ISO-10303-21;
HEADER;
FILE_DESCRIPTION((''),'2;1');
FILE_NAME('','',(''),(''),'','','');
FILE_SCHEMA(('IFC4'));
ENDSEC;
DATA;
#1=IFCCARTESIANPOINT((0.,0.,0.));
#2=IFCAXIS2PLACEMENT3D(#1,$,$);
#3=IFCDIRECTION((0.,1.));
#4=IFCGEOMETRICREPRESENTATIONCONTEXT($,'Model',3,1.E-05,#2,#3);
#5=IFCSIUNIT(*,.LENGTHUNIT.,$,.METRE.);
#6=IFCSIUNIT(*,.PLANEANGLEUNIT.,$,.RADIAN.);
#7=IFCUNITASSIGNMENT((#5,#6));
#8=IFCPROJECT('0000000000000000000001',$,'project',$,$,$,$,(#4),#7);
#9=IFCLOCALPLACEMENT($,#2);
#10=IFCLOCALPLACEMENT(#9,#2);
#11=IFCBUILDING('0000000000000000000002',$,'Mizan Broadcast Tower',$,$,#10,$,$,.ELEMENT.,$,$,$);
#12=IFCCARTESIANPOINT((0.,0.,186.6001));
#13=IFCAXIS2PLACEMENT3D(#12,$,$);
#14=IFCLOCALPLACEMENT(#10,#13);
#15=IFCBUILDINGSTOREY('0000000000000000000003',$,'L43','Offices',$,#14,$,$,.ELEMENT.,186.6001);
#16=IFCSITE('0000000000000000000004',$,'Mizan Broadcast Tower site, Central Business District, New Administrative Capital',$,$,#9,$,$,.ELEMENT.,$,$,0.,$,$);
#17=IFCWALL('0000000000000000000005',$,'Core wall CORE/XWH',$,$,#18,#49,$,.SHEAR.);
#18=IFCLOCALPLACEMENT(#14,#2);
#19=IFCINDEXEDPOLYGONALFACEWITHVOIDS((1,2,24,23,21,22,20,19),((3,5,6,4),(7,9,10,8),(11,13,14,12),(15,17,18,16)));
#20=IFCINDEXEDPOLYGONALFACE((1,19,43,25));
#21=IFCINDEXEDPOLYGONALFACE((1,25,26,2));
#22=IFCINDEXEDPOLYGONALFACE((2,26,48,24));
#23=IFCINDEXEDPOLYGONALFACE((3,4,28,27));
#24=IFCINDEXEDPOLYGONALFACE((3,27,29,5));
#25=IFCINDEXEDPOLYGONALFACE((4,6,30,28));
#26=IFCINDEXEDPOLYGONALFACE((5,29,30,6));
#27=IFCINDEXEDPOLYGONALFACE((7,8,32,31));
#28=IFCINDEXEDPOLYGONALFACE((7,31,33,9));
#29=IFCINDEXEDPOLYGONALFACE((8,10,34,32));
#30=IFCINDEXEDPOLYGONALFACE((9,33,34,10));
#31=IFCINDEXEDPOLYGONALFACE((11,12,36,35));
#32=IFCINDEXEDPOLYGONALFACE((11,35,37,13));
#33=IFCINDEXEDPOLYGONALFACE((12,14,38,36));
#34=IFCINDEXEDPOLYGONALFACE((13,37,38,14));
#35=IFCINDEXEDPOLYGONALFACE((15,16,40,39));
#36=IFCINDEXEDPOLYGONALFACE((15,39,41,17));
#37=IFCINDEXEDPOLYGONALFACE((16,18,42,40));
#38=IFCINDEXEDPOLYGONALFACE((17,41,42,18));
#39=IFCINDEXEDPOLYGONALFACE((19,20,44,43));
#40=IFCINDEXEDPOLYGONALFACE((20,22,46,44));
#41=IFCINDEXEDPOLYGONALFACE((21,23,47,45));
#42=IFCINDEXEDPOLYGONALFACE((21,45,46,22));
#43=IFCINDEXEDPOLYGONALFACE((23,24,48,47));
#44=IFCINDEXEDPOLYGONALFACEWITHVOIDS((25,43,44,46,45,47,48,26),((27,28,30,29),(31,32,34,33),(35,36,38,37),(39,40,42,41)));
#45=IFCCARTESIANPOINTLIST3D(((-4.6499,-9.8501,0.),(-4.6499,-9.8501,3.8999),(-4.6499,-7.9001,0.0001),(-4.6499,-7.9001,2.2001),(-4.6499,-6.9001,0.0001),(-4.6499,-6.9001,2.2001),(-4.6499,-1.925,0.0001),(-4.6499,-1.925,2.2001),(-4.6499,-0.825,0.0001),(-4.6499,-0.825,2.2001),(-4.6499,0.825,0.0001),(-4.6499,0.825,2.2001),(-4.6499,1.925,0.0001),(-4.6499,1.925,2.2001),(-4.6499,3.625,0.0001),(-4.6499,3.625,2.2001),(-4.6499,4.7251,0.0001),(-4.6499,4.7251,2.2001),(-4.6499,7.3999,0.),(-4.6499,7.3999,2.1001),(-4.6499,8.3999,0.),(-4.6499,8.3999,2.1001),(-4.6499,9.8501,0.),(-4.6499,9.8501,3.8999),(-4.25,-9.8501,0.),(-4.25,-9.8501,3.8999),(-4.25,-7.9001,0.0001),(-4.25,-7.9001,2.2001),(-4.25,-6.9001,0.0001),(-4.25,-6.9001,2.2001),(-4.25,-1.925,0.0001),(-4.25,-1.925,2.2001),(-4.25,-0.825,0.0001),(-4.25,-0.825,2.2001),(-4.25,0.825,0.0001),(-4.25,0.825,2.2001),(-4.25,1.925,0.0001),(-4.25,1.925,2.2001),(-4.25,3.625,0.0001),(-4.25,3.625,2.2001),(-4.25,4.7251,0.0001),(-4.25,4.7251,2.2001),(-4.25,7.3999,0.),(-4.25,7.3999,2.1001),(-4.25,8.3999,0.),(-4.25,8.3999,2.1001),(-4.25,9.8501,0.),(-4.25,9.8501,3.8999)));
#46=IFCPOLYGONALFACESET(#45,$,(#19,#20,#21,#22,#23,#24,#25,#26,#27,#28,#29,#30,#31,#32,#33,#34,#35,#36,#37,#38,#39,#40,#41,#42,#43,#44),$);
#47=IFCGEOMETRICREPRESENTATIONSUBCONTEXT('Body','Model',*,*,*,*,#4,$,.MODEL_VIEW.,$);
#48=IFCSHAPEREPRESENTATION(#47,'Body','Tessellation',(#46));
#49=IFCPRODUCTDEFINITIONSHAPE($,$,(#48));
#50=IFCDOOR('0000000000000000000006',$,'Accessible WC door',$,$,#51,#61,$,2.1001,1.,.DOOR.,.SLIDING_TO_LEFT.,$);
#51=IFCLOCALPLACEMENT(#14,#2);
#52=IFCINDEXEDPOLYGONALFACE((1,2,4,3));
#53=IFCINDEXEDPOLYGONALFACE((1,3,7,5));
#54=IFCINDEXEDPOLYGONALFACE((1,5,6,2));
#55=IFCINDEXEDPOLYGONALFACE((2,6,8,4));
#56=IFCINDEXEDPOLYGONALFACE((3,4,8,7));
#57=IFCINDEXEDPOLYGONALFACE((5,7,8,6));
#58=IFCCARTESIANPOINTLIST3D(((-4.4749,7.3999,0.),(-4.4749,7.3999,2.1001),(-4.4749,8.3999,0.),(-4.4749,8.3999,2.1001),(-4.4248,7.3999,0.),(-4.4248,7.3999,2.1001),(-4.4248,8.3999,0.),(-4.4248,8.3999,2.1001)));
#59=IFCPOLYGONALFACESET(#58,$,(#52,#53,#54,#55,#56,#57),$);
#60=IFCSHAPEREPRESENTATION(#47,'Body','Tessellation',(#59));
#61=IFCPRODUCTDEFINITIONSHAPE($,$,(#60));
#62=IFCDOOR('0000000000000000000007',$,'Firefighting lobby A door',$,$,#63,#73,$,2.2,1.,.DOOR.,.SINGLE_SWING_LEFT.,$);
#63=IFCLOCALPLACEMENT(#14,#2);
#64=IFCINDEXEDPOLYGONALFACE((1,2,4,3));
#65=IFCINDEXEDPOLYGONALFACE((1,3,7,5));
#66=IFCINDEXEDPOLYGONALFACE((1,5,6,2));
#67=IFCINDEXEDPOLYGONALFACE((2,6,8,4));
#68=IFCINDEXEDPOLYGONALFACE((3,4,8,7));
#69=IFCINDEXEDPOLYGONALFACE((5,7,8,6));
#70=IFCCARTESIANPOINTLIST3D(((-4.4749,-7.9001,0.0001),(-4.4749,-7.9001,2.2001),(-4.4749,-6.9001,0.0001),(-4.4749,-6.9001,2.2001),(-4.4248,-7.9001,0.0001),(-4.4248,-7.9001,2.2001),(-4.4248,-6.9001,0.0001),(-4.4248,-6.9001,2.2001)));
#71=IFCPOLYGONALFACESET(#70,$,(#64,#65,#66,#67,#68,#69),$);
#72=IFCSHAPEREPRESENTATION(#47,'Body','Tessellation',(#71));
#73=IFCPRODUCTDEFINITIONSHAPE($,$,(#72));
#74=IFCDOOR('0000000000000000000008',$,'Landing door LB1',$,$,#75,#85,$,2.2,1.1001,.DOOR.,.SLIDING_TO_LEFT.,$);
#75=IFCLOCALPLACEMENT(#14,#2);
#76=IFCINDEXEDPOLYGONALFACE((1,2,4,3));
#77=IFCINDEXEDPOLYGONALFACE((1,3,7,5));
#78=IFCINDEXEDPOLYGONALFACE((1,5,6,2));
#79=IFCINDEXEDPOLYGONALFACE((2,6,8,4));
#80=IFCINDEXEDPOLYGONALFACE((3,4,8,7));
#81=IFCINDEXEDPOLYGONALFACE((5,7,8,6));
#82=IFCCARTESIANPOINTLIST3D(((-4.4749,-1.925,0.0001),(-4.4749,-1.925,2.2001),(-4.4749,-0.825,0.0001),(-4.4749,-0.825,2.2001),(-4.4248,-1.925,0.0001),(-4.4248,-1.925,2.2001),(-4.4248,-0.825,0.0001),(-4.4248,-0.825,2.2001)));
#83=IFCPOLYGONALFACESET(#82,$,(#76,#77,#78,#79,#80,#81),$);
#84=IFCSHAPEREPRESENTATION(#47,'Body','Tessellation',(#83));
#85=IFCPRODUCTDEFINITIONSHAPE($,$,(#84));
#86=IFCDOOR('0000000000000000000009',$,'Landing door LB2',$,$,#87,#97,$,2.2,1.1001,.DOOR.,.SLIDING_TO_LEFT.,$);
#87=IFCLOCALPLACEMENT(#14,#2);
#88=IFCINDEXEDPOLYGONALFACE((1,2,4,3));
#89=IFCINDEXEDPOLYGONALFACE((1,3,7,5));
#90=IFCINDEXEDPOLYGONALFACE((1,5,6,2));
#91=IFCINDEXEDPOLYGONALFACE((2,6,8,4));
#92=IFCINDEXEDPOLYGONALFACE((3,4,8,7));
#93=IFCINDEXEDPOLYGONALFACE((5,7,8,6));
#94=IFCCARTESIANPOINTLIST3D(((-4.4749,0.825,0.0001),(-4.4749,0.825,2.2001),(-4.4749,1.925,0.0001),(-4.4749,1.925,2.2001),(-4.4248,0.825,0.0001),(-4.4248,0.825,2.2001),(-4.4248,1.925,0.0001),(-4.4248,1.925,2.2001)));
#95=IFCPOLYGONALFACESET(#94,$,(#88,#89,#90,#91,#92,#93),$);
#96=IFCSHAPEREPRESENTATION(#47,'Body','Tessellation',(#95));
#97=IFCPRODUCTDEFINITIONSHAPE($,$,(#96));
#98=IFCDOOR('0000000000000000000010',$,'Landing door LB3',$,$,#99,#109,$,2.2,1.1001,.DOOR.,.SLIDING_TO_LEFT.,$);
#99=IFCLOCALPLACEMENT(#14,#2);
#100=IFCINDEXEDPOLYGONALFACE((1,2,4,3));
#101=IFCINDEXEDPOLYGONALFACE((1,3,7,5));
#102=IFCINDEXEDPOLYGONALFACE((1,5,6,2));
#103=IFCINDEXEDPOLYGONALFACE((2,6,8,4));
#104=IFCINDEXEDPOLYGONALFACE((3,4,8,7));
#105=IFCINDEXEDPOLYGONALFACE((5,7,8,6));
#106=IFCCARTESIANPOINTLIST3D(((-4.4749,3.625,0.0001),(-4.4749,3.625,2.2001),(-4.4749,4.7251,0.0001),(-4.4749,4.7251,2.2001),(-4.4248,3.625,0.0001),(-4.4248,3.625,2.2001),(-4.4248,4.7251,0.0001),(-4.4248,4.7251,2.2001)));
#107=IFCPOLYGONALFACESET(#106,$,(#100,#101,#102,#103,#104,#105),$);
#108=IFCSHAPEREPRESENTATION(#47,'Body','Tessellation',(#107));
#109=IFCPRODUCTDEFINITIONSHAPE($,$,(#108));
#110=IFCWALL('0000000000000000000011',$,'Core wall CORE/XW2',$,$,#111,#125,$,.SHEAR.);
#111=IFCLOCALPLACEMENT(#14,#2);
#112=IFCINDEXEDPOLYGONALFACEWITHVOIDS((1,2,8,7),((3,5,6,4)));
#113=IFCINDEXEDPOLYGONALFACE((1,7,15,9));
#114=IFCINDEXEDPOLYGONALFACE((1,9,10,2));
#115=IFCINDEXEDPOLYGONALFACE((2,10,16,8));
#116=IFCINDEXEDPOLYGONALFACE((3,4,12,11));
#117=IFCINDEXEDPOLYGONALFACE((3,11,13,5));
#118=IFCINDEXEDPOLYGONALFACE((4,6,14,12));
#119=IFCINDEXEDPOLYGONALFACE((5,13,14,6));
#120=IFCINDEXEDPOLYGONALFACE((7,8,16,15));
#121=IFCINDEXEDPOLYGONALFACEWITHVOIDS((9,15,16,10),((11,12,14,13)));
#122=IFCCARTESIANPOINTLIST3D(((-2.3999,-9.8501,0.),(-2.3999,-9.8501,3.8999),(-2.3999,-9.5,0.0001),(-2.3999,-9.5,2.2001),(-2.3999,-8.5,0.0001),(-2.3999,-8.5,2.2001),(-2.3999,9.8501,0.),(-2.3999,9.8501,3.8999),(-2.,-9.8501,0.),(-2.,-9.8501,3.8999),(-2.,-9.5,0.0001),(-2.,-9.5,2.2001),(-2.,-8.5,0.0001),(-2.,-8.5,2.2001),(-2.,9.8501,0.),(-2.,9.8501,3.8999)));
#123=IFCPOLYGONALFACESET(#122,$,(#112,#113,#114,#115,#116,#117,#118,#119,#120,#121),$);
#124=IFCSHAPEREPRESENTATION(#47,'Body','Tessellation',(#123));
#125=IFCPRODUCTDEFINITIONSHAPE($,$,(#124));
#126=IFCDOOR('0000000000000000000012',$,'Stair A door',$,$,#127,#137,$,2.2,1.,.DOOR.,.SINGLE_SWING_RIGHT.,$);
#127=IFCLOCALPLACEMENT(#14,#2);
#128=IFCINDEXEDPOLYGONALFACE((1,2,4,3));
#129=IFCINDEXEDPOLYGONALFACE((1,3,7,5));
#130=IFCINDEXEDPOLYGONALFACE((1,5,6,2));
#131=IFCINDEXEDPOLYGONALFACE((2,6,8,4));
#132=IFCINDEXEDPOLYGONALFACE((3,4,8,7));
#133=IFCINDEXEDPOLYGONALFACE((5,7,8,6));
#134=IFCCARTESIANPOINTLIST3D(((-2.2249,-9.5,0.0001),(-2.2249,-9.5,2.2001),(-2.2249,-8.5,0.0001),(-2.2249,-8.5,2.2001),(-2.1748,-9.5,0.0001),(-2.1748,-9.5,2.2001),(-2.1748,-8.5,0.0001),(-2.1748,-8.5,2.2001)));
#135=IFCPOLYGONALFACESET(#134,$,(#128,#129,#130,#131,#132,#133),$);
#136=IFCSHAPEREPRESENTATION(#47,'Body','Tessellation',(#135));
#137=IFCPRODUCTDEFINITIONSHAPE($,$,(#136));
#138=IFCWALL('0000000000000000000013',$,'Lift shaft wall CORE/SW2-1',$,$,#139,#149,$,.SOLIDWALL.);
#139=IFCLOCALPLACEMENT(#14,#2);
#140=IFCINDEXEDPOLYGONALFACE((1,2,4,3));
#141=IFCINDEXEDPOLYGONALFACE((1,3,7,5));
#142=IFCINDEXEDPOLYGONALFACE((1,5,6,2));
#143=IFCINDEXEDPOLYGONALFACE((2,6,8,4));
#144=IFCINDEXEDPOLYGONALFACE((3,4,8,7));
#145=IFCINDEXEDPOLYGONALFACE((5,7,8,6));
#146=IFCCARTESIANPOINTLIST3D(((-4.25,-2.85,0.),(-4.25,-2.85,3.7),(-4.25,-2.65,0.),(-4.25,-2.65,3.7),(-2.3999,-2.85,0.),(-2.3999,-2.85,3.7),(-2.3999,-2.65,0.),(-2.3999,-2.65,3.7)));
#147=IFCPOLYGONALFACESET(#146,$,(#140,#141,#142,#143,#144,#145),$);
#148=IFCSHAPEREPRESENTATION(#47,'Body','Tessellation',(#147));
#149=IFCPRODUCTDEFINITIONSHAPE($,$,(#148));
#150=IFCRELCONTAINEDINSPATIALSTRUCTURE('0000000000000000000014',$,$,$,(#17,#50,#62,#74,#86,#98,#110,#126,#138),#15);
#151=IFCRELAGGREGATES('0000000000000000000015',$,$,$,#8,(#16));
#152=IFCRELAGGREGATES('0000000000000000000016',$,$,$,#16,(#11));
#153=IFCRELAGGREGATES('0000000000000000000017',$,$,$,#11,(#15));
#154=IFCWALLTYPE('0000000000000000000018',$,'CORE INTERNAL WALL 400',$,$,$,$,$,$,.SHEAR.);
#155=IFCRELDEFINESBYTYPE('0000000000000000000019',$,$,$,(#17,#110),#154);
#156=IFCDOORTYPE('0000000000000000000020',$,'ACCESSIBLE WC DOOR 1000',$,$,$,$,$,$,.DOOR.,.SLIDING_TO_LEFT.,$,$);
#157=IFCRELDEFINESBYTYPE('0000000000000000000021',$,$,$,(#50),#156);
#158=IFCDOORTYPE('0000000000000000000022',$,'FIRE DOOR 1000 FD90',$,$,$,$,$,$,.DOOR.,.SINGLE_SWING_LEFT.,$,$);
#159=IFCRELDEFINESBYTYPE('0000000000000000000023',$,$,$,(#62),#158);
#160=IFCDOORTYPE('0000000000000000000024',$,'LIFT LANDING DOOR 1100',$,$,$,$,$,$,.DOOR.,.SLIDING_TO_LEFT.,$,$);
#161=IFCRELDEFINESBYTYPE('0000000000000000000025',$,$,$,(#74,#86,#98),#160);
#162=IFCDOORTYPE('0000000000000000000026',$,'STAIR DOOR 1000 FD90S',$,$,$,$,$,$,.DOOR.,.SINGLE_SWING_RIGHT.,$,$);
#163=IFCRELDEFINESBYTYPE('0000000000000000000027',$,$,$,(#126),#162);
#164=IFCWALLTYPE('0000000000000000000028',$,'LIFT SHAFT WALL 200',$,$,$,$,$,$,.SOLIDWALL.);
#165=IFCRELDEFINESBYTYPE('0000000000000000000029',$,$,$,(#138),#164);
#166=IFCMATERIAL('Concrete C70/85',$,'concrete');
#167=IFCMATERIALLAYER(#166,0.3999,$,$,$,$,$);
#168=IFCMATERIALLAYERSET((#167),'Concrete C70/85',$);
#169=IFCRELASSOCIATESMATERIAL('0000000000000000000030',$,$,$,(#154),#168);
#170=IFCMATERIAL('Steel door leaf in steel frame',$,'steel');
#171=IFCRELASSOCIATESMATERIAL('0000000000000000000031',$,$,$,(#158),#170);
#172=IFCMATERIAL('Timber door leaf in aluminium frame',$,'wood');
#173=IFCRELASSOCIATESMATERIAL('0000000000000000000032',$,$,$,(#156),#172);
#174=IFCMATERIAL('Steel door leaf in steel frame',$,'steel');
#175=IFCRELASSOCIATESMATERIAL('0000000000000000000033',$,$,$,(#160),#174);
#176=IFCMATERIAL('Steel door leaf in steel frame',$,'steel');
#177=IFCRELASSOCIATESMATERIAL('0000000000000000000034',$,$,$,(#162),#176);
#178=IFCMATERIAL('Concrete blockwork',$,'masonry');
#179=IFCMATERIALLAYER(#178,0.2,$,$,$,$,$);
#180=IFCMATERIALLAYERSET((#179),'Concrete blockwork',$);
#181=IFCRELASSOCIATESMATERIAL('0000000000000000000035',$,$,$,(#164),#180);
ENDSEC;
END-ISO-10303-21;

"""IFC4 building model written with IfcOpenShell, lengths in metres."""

from ifc_helpers import new_model, si_unit, direction, frame, frame_2d, origin, place, context, subcontext, project, spatial, rectangle, extrude, material, layer, layer_set, type_object, element, fill, save


model = new_model("IFC4")

# Units and contexts
model_context = context("Model", 3, precision=1e-05, world=origin(), true_north=direction((0.0, 1.0)))
body_context = subcontext(model_context, "Body", "Model", "MODEL_VIEW")
ifc_project = project(units=[si_unit("LENGTHUNIT", "METRE"), si_unit("PLANEANGLEUNIT", "RADIAN")], contexts=[model_context])

# Site, building, storey
site_placement = place(None, origin())
site = spatial("IfcSite", under=ifc_project, at=site_placement, Name="Mizan Broadcast Tower site, Central Business District, New Administrative Capital", CompositionType="ELEMENT", RefElevation=0.0)
building_placement = place(site_placement, origin())
building = spatial("IfcBuilding", under=site, at=building_placement, Name="Mizan Broadcast Tower", CompositionType="ELEMENT")
storey_placement = place(building_placement, frame((0.0, 0.0, 186.6001)))
storey = spatial("IfcBuildingStorey", under=building, at=storey_placement, Name="L43", Description="Offices", CompositionType="ELEMENT", Elevation=186.6001)

# Wall, openings, doors
ifc_material_1 = material(Name="Concrete C70/85", Category="concrete")
ifc_layer_1 = layer(ifc_material_1, 0.3999)
ifc_layer_set_1 = layer_set([ifc_layer_1], Name="Concrete C70/85")
wall_type_1 = type_object("IfcWallType", Name="CORE INTERNAL WALL 400", PredefinedType="SHEAR", material=ifc_layer_set_1)
ifc_material_2 = material(Name="Steel door leaf in steel frame", Category="steel")
door_type_1 = type_object("IfcDoorType", Name="FIRE DOOR 1000 FD90", OperationType="SINGLE_SWING_LEFT", PredefinedType="DOOR", material=ifc_material_2)
wall_1_placement = place(storey_placement, frame((-4.45, -9.8501, 0.0), z_axis=(0.0, 0.0, 1.0), x_axis=(0.0, 1.0, 0.0)))
wall_1 = element("IfcWall", 1, at=wall_1_placement, inside=storey, type_object=wall_type_1, Name="Core wall CORE/XWH", PredefinedType="SHEAR", context=body_context, shape_type="SweptSolid", body=[
    extrude(rectangle(XDim=19.7002, YDim=0.3999, at=frame_2d((9.8501, 0.0))), origin(), (0.0, 0.0, 1.0), 3.8999),
])
opening_1_placement = place(wall_1_placement, frame((1.95, 0.0, 0.0)))
opening_1 = element("IfcOpeningElement", 2, at=opening_1_placement, cuts=wall_1, PredefinedType="OPENING", context=body_context, shape_type="SweptSolid", body=[
    extrude(rectangle(XDim=1.0, YDim=2.2, at=frame_2d((0.5, 1.1001))), frame((0.0, 0.21, 0.0), z_axis=(0.0, -1.0, 0.0), x_axis=(1.0, 0.0, 0.0)), (0.0, 0.0, 1.0), 0.4199),
])
opening_2_placement = place(wall_1_placement, frame((17.25, 0.0, 0.0)))
opening_2 = element("IfcOpeningElement", 3, at=opening_2_placement, cuts=wall_1, PredefinedType="OPENING", context=body_context, shape_type="SweptSolid", body=[
    extrude(rectangle(XDim=1.0, YDim=2.1001, at=frame_2d((0.5, 1.05))), frame((0.0, 0.21, 0.0), z_axis=(0.0, -1.0, 0.0), x_axis=(1.0, 0.0, 0.0)), (0.0, 0.0, 1.0), 0.4199),
])
opening_3_placement = place(wall_1_placement, frame((7.925, 0.0, 0.0)))
opening_3 = element("IfcOpeningElement", 4, at=opening_3_placement, cuts=wall_1, PredefinedType="OPENING", context=body_context, shape_type="SweptSolid", body=[
    extrude(rectangle(XDim=1.1001, YDim=2.2, at=frame_2d((0.55, 1.1001))), frame((0.0, 0.21, 0.0), z_axis=(0.0, -1.0, 0.0), x_axis=(1.0, 0.0, 0.0)), (0.0, 0.0, 1.0), 0.4199),
])
opening_4_placement = place(wall_1_placement, frame((10.675, 0.0, 0.0)))
opening_4 = element("IfcOpeningElement", 5, at=opening_4_placement, cuts=wall_1, PredefinedType="OPENING", context=body_context, shape_type="SweptSolid", body=[
    extrude(rectangle(XDim=1.1001, YDim=2.2, at=frame_2d((0.55, 1.1001))), frame((0.0, 0.21, 0.0), z_axis=(0.0, -1.0, 0.0), x_axis=(1.0, 0.0, 0.0)), (0.0, 0.0, 1.0), 0.4199),
])
opening_5_placement = place(wall_1_placement, frame((13.4751, 0.0, 0.0)))
opening_5 = element("IfcOpeningElement", 6, at=opening_5_placement, cuts=wall_1, PredefinedType="OPENING", context=body_context, shape_type="SweptSolid", body=[
    extrude(rectangle(XDim=1.1001, YDim=2.2, at=frame_2d((0.55, 1.1001))), frame((0.0, 0.21, 0.0), z_axis=(0.0, -1.0, 0.0), x_axis=(1.0, 0.0, 0.0)), (0.0, 0.0, 1.0), 0.4199),
])
ifc_material_3 = material(Name="Timber door leaf in aluminium frame", Category="wood")
door_type_2 = type_object("IfcDoorType", Name="ACCESSIBLE WC DOOR 1000", OperationType="SLIDING_TO_LEFT", PredefinedType="DOOR", material=ifc_material_3)
door_1_placement = place(opening_2_placement, origin())
door_1 = element("IfcDoor", 7, at=door_1_placement, inside=storey, type_object=door_type_2, Name="Accessible WC door", OperationType="SLIDING_TO_LEFT", OverallHeight=2.1001, OverallWidth=1.0, PredefinedType="DOOR", context=body_context, shape_type="SweptSolid", body=[
    extrude(rectangle(XDim=1.0, YDim=2.1001, at=frame_2d((0.5, 1.05))), frame((0.0, 0.0249, 0.0), z_axis=(0.0, -1.0, 0.0), x_axis=(1.0, 0.0, 0.0)), (0.0, 0.0, 1.0), 0.05),
])
fill(opening_2, door_1)
door_2_placement = place(opening_1_placement, origin())
door_2 = element("IfcDoor", 8, at=door_2_placement, inside=storey, type_object=door_type_1, Name="Firefighting lobby A door", OperationType="SINGLE_SWING_LEFT", OverallHeight=2.2, OverallWidth=1.0, PredefinedType="DOOR", context=body_context, shape_type="SweptSolid", body=[
    extrude(rectangle(XDim=1.0, YDim=2.2, at=frame_2d((0.5, 1.1001))), frame((0.0, 0.0249, 0.0), z_axis=(0.0, -1.0, 0.0), x_axis=(1.0, 0.0, 0.0)), (0.0, 0.0, 1.0), 0.05),
])
fill(opening_1, door_2)
ifc_material_4 = material(Name="Steel door leaf in steel frame", Category="steel")
door_type_3 = type_object("IfcDoorType", Name="LIFT LANDING DOOR 1100", OperationType="SLIDING_TO_LEFT", PredefinedType="DOOR", material=ifc_material_4)
door_3_placement = place(opening_3_placement, origin())
door_3 = element("IfcDoor", 9, at=door_3_placement, inside=storey, type_object=door_type_3, Name="Landing door LB1", OperationType="SLIDING_TO_LEFT", OverallHeight=2.2, OverallWidth=1.1001, PredefinedType="DOOR", context=body_context, shape_type="SweptSolid", body=[
    extrude(rectangle(XDim=1.1001, YDim=2.2, at=frame_2d((0.55, 1.1001))), frame((0.0, 0.0249, 0.0), z_axis=(0.0, -1.0, 0.0), x_axis=(1.0, 0.0, 0.0)), (0.0, 0.0, 1.0), 0.05),
])
fill(opening_3, door_3)
door_4_placement = place(opening_4_placement, origin())
door_4 = element("IfcDoor", 10, at=door_4_placement, inside=storey, type_object=door_type_3, Name="Landing door LB2", OperationType="SLIDING_TO_LEFT", OverallHeight=2.2, OverallWidth=1.1001, PredefinedType="DOOR", context=body_context, shape_type="SweptSolid", body=[
    extrude(rectangle(XDim=1.1001, YDim=2.2, at=frame_2d((0.55, 1.1001))), frame((0.0, 0.0249, 0.0), z_axis=(0.0, -1.0, 0.0), x_axis=(1.0, 0.0, 0.0)), (0.0, 0.0, 1.0), 0.05),
])
fill(opening_4, door_4)
door_5_placement = place(opening_5_placement, origin())
door_5 = element("IfcDoor", 11, at=door_5_placement, inside=storey, type_object=door_type_3, Name="Landing door LB3", OperationType="SLIDING_TO_LEFT", OverallHeight=2.2, OverallWidth=1.1001, PredefinedType="DOOR", context=body_context, shape_type="SweptSolid", body=[
    extrude(rectangle(XDim=1.1001, YDim=2.2, at=frame_2d((0.55, 1.1001))), frame((0.0, 0.0249, 0.0), z_axis=(0.0, -1.0, 0.0), x_axis=(1.0, 0.0, 0.0)), (0.0, 0.0, 1.0), 0.05),
])
fill(opening_5, door_5)

# Wall, opening, door
wall_2_placement = place(storey_placement, frame((-2.2, -9.8501, 0.0), z_axis=(0.0, 0.0, 1.0), x_axis=(0.0, 1.0, 0.0)))
wall_2 = element("IfcWall", 12, at=wall_2_placement, inside=storey, type_object=wall_type_1, Name="Core wall CORE/XW2", PredefinedType="SHEAR", context=body_context, shape_type="SweptSolid", body=[
    extrude(rectangle(XDim=19.7002, YDim=0.3999, at=frame_2d((9.8501, 0.0))), origin(), (0.0, 0.0, 1.0), 3.8999),
])
opening_6_placement = place(wall_2_placement, frame((0.3501, 0.0, 0.0)))
opening_6 = element("IfcOpeningElement", 13, at=opening_6_placement, cuts=wall_2, PredefinedType="OPENING", context=body_context, shape_type="SweptSolid", body=[
    extrude(rectangle(XDim=1.0, YDim=2.2, at=frame_2d((0.5, 1.1001))), frame((0.0, 0.21, 0.0), z_axis=(0.0, -1.0, 0.0), x_axis=(1.0, 0.0, 0.0)), (0.0, 0.0, 1.0), 0.4199),
])
ifc_material_5 = material(Name="Steel door leaf in steel frame", Category="steel")
door_type_4 = type_object("IfcDoorType", Name="STAIR DOOR 1000 FD90S", OperationType="SINGLE_SWING_RIGHT", PredefinedType="DOOR", material=ifc_material_5)
door_6_placement = place(opening_6_placement, origin())
door_6 = element("IfcDoor", 14, at=door_6_placement, inside=storey, type_object=door_type_4, Name="Stair A door", OperationType="SINGLE_SWING_RIGHT", OverallHeight=2.2, OverallWidth=1.0, PredefinedType="DOOR", context=body_context, shape_type="SweptSolid", body=[
    extrude(rectangle(XDim=1.0, YDim=2.2, at=frame_2d((0.5, 1.1001))), frame((0.0, 0.0249, 0.0), z_axis=(0.0, -1.0, 0.0), x_axis=(1.0, 0.0, 0.0)), (0.0, 0.0, 1.0), 0.05),
])
fill(opening_6, door_6)

# Wall
ifc_material_6 = material(Name="Concrete blockwork", Category="masonry")
ifc_layer_2 = layer(ifc_material_6, 0.2)
ifc_layer_set_2 = layer_set([ifc_layer_2], Name="Concrete blockwork")
wall_type_2 = type_object("IfcWallType", Name="LIFT SHAFT WALL 200", PredefinedType="SOLIDWALL", material=ifc_layer_set_2)
wall_3_placement = place(storey_placement, frame((-4.25, -2.75, 0.0), z_axis=(0.0, 0.0, 1.0), x_axis=(1.0, 0.0, 0.0)))
element("IfcWall", 15, at=wall_3_placement, inside=storey, type_object=wall_type_2, Name="Lift shaft wall CORE/SW2-1", PredefinedType="SOLIDWALL", context=body_context, shape_type="SweptSolid", body=[
    extrude(rectangle(XDim=1.8501, YDim=0.2, at=frame_2d((0.925, 0.0))), origin(), (0.0, 0.0, 1.0), 3.7),
])

save(model, "model.ifc")
